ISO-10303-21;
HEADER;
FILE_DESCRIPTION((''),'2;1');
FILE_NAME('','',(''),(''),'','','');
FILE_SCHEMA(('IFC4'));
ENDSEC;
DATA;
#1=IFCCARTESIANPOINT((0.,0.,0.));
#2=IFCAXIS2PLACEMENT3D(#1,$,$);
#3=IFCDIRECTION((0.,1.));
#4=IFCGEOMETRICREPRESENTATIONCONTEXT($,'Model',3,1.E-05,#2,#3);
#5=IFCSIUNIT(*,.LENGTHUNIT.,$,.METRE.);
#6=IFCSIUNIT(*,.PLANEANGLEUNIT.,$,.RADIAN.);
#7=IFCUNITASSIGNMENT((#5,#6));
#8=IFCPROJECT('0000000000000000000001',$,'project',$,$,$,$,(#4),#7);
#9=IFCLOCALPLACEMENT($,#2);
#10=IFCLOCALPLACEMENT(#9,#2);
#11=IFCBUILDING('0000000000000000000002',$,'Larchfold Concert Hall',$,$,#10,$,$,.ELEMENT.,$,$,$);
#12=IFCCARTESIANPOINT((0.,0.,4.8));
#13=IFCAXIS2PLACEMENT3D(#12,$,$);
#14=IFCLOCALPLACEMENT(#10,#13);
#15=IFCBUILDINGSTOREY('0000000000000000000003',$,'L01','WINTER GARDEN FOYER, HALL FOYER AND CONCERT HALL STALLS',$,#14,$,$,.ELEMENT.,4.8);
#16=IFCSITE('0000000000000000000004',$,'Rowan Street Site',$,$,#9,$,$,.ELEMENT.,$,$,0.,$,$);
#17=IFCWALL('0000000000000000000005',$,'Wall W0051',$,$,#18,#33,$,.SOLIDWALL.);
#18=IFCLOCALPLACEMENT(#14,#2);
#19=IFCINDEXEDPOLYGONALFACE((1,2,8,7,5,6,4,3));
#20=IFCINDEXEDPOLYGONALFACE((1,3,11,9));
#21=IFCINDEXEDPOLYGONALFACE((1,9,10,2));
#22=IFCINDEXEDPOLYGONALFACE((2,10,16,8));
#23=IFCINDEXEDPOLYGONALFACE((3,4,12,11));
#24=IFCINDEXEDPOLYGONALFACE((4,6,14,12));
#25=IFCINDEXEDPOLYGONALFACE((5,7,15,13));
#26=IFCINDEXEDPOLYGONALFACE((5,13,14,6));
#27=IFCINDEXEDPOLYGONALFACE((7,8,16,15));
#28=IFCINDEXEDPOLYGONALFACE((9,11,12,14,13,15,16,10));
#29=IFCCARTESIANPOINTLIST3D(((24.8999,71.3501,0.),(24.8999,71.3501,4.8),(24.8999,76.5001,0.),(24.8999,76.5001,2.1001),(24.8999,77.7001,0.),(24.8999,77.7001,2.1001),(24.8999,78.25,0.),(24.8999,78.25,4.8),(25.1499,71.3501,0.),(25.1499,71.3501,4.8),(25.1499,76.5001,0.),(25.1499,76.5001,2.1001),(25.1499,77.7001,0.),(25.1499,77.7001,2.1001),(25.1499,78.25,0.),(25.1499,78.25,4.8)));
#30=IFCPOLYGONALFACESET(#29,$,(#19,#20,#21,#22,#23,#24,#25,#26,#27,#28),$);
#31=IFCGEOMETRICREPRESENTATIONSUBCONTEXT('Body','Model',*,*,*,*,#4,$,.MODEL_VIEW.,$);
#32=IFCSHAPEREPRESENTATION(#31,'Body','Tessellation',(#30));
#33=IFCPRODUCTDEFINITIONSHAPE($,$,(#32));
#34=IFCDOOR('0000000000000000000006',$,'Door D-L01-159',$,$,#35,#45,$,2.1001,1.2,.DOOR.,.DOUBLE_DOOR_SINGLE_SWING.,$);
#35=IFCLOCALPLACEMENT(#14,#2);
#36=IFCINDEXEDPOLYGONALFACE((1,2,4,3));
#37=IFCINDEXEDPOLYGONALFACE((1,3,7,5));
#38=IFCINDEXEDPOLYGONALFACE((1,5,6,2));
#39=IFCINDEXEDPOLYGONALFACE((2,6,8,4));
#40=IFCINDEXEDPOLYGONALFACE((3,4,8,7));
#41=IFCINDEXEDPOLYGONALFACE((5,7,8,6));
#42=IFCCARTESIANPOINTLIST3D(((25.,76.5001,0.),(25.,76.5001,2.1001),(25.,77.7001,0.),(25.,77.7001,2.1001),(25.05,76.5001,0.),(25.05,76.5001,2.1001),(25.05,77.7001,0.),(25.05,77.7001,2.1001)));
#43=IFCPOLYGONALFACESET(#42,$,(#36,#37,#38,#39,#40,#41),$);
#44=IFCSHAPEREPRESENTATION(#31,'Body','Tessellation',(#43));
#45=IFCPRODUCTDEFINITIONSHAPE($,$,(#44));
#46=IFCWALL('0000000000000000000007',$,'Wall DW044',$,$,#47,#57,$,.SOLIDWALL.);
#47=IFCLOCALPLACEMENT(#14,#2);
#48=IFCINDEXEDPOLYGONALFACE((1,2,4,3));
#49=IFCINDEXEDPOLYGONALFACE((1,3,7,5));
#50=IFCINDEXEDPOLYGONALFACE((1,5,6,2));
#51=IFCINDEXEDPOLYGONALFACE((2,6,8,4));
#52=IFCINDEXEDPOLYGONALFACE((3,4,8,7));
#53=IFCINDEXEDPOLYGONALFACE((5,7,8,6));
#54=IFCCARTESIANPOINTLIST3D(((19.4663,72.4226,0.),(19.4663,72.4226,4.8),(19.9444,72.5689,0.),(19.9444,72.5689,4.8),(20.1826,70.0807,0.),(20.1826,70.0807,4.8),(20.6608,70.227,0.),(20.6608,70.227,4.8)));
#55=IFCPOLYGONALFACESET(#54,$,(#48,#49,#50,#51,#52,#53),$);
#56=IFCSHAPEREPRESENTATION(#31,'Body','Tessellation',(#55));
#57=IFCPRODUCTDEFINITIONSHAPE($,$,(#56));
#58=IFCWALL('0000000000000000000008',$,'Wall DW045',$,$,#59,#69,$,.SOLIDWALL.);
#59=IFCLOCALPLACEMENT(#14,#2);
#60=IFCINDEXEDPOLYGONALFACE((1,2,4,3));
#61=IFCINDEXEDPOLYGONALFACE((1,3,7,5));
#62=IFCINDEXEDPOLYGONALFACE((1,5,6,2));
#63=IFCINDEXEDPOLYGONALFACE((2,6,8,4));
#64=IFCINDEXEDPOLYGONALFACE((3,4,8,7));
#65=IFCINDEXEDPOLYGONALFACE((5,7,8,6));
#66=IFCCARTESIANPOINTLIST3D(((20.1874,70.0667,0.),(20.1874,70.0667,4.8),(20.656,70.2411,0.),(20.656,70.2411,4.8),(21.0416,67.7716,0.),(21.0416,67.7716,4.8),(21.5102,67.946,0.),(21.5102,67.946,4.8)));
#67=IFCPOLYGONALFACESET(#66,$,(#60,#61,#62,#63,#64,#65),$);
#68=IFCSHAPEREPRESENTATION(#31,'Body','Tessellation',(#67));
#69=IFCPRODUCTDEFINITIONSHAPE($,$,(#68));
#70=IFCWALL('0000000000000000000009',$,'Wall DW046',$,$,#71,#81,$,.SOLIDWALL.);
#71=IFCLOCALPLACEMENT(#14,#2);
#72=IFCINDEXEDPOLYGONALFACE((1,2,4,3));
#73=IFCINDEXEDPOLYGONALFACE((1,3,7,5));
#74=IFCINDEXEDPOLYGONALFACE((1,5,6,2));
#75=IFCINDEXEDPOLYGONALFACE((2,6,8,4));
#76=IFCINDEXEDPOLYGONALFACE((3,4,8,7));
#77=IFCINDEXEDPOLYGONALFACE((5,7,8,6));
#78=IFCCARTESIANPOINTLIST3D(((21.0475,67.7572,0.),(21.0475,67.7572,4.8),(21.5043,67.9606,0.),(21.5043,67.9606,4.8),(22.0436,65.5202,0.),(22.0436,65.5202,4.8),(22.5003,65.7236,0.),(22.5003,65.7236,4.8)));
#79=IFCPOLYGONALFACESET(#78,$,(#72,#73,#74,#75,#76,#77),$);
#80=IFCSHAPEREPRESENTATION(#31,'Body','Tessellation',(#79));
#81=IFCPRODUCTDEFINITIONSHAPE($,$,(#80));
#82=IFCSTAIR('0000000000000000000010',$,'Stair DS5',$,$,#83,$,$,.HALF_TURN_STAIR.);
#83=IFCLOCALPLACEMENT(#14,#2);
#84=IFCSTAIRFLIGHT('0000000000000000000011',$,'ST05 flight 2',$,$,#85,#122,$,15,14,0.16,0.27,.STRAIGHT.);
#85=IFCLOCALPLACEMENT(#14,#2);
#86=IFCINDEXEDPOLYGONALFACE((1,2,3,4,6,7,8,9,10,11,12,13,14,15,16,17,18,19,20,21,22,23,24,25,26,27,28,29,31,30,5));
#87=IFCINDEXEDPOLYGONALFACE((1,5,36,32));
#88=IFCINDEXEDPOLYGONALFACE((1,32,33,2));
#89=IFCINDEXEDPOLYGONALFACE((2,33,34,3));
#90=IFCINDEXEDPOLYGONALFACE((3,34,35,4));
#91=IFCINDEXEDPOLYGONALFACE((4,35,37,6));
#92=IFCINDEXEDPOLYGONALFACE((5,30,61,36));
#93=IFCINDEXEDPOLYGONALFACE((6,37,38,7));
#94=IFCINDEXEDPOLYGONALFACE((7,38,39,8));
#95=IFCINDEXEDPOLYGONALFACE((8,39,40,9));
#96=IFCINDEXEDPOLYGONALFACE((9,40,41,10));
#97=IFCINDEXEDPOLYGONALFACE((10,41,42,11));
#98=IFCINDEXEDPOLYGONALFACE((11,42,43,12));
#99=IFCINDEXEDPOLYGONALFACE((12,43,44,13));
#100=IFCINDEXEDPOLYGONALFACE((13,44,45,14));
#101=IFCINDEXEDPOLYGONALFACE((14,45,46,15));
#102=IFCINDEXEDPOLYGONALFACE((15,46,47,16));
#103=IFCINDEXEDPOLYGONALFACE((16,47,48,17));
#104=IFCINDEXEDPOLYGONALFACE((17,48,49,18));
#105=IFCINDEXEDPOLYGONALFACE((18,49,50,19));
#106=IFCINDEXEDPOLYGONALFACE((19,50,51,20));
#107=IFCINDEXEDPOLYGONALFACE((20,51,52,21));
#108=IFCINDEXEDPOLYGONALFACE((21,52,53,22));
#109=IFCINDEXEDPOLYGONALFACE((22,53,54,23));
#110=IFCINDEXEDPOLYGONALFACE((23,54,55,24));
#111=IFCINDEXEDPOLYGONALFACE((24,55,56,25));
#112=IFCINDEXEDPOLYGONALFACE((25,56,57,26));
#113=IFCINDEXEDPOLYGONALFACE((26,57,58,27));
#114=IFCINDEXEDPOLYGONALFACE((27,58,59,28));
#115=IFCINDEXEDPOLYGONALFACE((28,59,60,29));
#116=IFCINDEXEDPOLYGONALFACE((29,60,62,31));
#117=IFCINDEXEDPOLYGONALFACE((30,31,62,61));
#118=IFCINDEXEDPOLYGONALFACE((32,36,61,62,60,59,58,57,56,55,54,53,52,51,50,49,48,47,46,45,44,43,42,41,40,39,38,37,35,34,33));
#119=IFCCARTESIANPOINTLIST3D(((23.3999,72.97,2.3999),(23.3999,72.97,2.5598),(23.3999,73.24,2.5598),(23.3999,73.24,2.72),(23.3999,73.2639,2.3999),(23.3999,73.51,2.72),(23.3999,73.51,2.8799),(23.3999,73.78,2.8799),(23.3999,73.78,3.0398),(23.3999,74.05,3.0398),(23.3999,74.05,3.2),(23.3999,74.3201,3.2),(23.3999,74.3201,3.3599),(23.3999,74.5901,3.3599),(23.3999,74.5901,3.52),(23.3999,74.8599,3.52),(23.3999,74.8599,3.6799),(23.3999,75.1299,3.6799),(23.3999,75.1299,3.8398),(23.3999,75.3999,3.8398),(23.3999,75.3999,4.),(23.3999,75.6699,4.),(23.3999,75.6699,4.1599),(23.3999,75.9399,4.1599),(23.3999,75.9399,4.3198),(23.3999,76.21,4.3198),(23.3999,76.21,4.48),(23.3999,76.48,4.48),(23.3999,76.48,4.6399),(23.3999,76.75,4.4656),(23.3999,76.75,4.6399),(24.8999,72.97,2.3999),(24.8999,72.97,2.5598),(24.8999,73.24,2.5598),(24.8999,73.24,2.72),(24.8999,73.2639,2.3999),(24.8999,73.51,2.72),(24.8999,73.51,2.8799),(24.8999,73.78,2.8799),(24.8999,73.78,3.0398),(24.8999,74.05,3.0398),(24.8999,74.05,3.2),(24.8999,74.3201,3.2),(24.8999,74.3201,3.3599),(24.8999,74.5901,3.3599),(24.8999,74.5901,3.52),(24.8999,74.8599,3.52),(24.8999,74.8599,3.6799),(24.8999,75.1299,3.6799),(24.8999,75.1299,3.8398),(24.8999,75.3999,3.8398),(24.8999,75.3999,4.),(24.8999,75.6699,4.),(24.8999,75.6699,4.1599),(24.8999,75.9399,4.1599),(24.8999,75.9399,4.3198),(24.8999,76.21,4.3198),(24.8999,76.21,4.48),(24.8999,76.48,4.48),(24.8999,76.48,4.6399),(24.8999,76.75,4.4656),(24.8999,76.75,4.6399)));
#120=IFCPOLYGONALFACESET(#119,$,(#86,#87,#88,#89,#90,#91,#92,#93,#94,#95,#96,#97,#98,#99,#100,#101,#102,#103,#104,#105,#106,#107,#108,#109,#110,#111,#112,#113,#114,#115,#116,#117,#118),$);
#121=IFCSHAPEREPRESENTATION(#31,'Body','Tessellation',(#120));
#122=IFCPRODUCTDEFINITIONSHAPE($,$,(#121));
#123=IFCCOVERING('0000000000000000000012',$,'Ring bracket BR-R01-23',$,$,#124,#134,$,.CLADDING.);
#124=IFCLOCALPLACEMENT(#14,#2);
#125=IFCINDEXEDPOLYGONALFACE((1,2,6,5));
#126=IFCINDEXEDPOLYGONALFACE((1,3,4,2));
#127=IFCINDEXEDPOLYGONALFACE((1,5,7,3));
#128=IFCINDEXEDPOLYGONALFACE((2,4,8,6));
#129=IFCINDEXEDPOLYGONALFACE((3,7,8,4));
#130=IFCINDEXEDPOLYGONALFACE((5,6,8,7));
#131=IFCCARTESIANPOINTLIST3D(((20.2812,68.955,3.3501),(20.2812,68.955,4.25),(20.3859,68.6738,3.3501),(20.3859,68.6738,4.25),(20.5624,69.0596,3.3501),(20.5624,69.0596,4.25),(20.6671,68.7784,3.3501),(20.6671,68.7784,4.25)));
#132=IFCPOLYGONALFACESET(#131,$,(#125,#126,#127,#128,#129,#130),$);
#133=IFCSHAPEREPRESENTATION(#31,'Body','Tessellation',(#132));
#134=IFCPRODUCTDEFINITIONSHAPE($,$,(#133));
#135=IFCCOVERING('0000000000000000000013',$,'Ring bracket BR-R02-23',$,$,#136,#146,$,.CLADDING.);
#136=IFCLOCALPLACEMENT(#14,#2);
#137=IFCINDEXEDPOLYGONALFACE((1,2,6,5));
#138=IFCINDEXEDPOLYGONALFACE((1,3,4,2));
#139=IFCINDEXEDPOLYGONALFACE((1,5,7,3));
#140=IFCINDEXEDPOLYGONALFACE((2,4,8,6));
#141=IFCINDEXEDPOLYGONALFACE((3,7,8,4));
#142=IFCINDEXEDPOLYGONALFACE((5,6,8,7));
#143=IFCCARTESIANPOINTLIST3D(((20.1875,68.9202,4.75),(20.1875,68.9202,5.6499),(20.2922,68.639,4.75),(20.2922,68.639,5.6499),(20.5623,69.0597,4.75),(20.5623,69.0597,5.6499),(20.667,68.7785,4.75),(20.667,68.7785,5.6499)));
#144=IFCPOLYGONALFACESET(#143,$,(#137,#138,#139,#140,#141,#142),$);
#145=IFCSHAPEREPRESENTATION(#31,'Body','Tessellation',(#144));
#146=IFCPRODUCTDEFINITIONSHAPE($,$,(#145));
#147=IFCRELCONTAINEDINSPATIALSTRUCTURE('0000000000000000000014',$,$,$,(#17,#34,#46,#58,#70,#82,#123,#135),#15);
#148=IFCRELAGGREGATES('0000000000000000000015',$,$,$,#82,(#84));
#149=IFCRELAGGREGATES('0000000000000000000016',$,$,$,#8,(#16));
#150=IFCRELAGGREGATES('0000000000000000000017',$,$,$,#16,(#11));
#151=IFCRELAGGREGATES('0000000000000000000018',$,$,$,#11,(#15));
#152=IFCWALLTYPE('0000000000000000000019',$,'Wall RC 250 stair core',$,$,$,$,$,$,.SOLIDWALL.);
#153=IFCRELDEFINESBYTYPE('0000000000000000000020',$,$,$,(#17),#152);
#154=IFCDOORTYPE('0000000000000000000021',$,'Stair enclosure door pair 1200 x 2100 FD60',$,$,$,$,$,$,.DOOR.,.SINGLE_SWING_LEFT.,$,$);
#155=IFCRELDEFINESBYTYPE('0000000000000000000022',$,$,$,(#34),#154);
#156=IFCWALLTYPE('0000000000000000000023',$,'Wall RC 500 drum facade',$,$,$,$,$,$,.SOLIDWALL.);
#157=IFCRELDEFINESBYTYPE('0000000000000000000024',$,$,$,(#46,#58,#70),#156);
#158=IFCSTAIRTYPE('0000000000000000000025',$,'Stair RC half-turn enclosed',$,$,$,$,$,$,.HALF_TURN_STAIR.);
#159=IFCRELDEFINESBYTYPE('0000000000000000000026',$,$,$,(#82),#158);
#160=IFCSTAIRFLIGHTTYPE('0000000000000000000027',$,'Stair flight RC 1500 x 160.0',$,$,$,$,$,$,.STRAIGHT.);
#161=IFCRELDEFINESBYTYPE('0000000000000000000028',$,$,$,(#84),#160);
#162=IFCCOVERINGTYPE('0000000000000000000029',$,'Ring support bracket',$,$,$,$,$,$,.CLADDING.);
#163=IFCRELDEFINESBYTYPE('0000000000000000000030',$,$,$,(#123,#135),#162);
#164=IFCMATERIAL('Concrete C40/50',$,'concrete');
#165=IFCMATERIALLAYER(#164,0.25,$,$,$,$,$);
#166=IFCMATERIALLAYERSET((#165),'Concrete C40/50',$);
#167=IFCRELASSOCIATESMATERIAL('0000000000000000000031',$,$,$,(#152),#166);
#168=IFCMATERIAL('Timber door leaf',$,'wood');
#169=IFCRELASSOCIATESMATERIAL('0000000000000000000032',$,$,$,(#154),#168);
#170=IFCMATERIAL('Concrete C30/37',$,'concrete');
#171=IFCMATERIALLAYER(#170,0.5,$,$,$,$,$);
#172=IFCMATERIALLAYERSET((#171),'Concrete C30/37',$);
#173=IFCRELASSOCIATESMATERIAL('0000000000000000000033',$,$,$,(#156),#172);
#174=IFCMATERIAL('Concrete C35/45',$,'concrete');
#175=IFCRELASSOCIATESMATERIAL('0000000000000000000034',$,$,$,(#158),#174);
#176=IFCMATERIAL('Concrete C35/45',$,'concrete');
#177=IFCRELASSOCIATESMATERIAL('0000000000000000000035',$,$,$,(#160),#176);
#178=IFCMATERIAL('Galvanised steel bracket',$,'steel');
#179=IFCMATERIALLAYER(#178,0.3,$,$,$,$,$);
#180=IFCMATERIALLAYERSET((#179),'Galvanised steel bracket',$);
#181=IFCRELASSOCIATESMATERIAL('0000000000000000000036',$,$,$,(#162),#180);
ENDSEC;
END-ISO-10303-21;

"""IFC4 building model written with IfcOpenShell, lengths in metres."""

from ifc_helpers import new_model, si_unit, direction, frame, frame_2d, origin, origin_2d, place, context, subcontext, project, spatial, polyline, rectangle, outline, extrude, material, layer, layer_set, type_object, element, fill, aggregate, save


model = new_model("IFC4")

# Units and contexts
model_context = context("Model", 3, precision=1e-05, world=origin(), true_north=direction((0.0, 1.0)))
body_context = subcontext(model_context, "Body", "Model", "MODEL_VIEW")
ifc_project = project(units=[si_unit("LENGTHUNIT", "METRE"), si_unit("PLANEANGLEUNIT", "RADIAN")], contexts=[model_context])

# Site, building, storey
site_placement = place(None, origin())
site = spatial("IfcSite", under=ifc_project, at=site_placement, Name="Rowan Street Site", CompositionType="ELEMENT", RefElevation=0.0)
building_placement = place(site_placement, origin())
building = spatial("IfcBuilding", under=site, at=building_placement, Name="Larchfold Concert Hall", CompositionType="ELEMENT")
storey_placement = place(building_placement, frame((0.0, 0.0, 4.8)))
storey = spatial("IfcBuildingStorey", under=building, at=storey_placement, Name="L01", Description="WINTER GARDEN FOYER, HALL FOYER AND CONCERT HALL STALLS", CompositionType="ELEMENT", Elevation=4.8)

# Shared definitions
ifc_material_1 = material(Name="Concrete C40/50", Category="concrete")
ifc_layer_1 = layer(ifc_material_1, 0.25)
ifc_layer_set_1 = layer_set([ifc_layer_1], Name="Concrete C40/50")
wall_type_1 = type_object("IfcWallType", Name="Wall RC 250 stair core", PredefinedType="SOLIDWALL", material=ifc_layer_set_1)

# Wall, opening, door
wall_1_placement = place(storey_placement, frame((25.0249, 71.3501, 0.0), z_axis=(0.0, 0.0, 1.0), x_axis=(0.0, 1.0, 0.0)))
wall_1 = element("IfcWall", 1, at=wall_1_placement, inside=storey, type_object=wall_type_1, Name="Wall W0051", PredefinedType="SOLIDWALL", context=body_context, shape_type="SweptSolid", body=[
    extrude(rectangle(XDim=6.8999, YDim=0.25, at=frame_2d((3.45, 0.0))), origin(), (0.0, 0.0, 1.0), 4.8),
])
opening_1_placement = place(wall_1_placement, frame((5.1499, 0.0, 0.0)))
opening_1 = element("IfcOpeningElement", 2, at=opening_1_placement, cuts=wall_1, PredefinedType="OPENING", context=body_context, shape_type="SweptSolid", body=[
    extrude(rectangle(XDim=1.2, YDim=2.1001, at=frame_2d((0.6001, 1.05))), frame((0.0, 0.135, 0.0), z_axis=(0.0, -1.0, 0.0), x_axis=(1.0, 0.0, 0.0)), (0.0, 0.0, 1.0), 0.27),
])
ifc_material_2 = material(Name="Timber door leaf", Category="wood")
door_type_1 = type_object("IfcDoorType", Name="Stair enclosure door pair 1200 x 2100 FD60", OperationType="SINGLE_SWING_LEFT", PredefinedType="DOOR", material=ifc_material_2)
door_1_placement = place(opening_1_placement, origin())
door_1 = element("IfcDoor", 3, at=door_1_placement, inside=storey, type_object=door_type_1, Name="Door D-L01-159", OperationType="DOUBLE_DOOR_SINGLE_SWING", OverallHeight=2.1001, OverallWidth=1.2, PredefinedType="DOOR", context=body_context, shape_type="SweptSolid", body=[
    extrude(rectangle(XDim=1.2, YDim=2.1001, at=frame_2d((0.6001, 1.05))), frame((0.0, 0.0249, 0.0), z_axis=(0.0, -1.0, 0.0), x_axis=(1.0, 0.0, 0.0)), (0.0, 0.0, 1.0), 0.05),
])
fill(opening_1, door_1)

# Walls
ifc_material_3 = material(Name="Concrete C30/37", Category="concrete")
ifc_layer_2 = layer(ifc_material_3, 0.5)
ifc_layer_set_2 = layer_set([ifc_layer_2], Name="Concrete C30/37")
wall_type_2 = type_object("IfcWallType", Name="Wall RC 500 drum facade", PredefinedType="SOLIDWALL", material=ifc_layer_set_2)
for number, where, z_axis, x_axis, name in (
    (4, (19.7053, 72.4958, 0.0), (0.0, 0.0, 1.0), (0.292502, -0.956265, 0.0), "Wall DW044"),
    (5, (20.4216, 70.1541, 0.0), (0.0, 0.0, 1.0), (0.348817, -0.937191, 0.0), "Wall DW045"),
):
    element("IfcWall", number, at=place(storey_placement, frame(where, z_axis=z_axis, x_axis=x_axis)), inside=storey, type_object=wall_type_2, Name=name, PredefinedType="SOLIDWALL", context=body_context, shape_type="SweptSolid", body=[
        extrude(rectangle(XDim=2.449, YDim=0.5, at=frame_2d((1.2246, 0.0))), origin(), (0.0, 0.0, 1.0), 4.8),
    ])
wall_2_placement = place(storey_placement, frame((21.2759, 67.8589, 0.0), z_axis=(0.0, 0.0, 1.0), x_axis=(0.406767, -0.913532, 0.0)))
element("IfcWall", 6, at=wall_2_placement, inside=storey, type_object=wall_type_2, Name="Wall DW046", PredefinedType="SOLIDWALL", context=body_context, shape_type="SweptSolid", body=[
    extrude(rectangle(XDim=2.4487, YDim=0.5, at=frame_2d((1.2244, 0.0))), origin(), (0.0, 0.0, 1.0), 4.8),
])

# Stair, stair flight
ifc_material_4 = material(Name="Concrete C35/45", Category="concrete")
stair_type = type_object("IfcStairType", Name="Stair RC half-turn enclosed", PredefinedType="HALF_TURN_STAIR", material=ifc_material_4)
stair_placement = place(storey_placement, origin())
stair = element("IfcStair", 7, at=stair_placement, inside=storey, type_object=stair_type, Name="Stair DS5", PredefinedType="HALF_TURN_STAIR")
ifc_material_5 = material(Name="Concrete C35/45", Category="concrete")
stair_flight_type = type_object("IfcStairFlightType", Name="Stair flight RC 1500 x 160.0", PredefinedType="STRAIGHT", material=ifc_material_5)
stair_flight_placement = place(storey_placement, frame((24.1499, 72.97, 2.3999), z_axis=(0.0, 0.0, 1.0), x_axis=(0.0, 1.0, 0.0)))
stair_flight = element("IfcStairFlight", 8, at=stair_flight_placement, type_object=stair_flight_type, Name="ST05 flight 2", NumberOfRisers=15, NumberOfTreads=14, PredefinedType="STRAIGHT", RiserHeight=0.16, TreadLength=0.27, context=body_context, shape_type="SweptSolid", body=[
    extrude(outline(polyline([(0.0, 0.0), (0.0, 0.1599), (0.27, 0.1599), (0.27, 0.3201), (0.54, 0.3201), (0.54, 0.48), (0.8101, 0.48), (0.8101, 0.6399), (1.0801, 0.6399), (1.0801, 0.8), (1.3501, 0.8), (1.3501, 0.96), (1.6201, 0.96), (1.6201, 1.1201), (1.8899, 1.1201), (1.8899, 1.28), (2.1599, 1.28), (2.1599, 1.4399), (2.4299, 1.4399), (2.4299, 1.6001), (2.7, 1.6001), (2.7, 1.76), (2.97, 1.76), (2.97, 1.9199), (3.24, 1.9199), (3.24, 2.0801), (3.51, 2.0801), (3.51, 2.24), (3.78, 2.24), (3.78, 2.3999), (3.78, 2.0657), (0.2939, 0.0), (0.0, 0.0)])), frame((0.0, 0.75, 0.0), z_axis=(0.0, -1.0, 0.0), x_axis=(1.0, 0.0, 0.0)), (0.0, 0.0, 1.0), 1.5),
])
aggregate(stair, [stair_flight])

# Coverings
ifc_material_6 = material(Name="Galvanised steel bracket", Category="steel")
ifc_layer_3 = layer(ifc_material_6, 0.3)
ifc_layer_set_3 = layer_set([ifc_layer_3], Name="Galvanised steel bracket")
covering_type = type_object("IfcCoveringType", Name="Ring support bracket", PredefinedType="CLADDING", material=ifc_layer_set_3)
covering_1_placement = place(storey_placement, frame((20.4741, 68.8667, 3.3501), z_axis=(0.0, 0.0, 1.0), x_axis=(-0.937177, -0.348853, 0.0)))
element("IfcCovering", 9, at=covering_1_placement, inside=storey, type_object=covering_type, Name="Ring bracket BR-R01-23", PredefinedType="CLADDING", context=body_context, shape_type="SweptSolid", body=[
    extrude(rectangle(XDim=0.3, YDim=0.3, at=origin_2d()), origin(), (0.0, 0.0, 1.0), 0.8999),
])
covering_2_placement = place(storey_placement, frame((20.4272, 68.8494, 4.75), z_axis=(0.0, 0.0, 1.0), x_axis=(-0.937177, -0.348853, 0.0)))
element("IfcCovering", 10, at=covering_2_placement, inside=storey, type_object=covering_type, Name="Ring bracket BR-R02-23", PredefinedType="CLADDING", context=body_context, shape_type="SweptSolid", body=[
    extrude(rectangle(XDim=0.3999, YDim=0.3, at=origin_2d()), origin(), (0.0, 0.0, 1.0), 0.8999),
])

save(model, "model.ifc")
